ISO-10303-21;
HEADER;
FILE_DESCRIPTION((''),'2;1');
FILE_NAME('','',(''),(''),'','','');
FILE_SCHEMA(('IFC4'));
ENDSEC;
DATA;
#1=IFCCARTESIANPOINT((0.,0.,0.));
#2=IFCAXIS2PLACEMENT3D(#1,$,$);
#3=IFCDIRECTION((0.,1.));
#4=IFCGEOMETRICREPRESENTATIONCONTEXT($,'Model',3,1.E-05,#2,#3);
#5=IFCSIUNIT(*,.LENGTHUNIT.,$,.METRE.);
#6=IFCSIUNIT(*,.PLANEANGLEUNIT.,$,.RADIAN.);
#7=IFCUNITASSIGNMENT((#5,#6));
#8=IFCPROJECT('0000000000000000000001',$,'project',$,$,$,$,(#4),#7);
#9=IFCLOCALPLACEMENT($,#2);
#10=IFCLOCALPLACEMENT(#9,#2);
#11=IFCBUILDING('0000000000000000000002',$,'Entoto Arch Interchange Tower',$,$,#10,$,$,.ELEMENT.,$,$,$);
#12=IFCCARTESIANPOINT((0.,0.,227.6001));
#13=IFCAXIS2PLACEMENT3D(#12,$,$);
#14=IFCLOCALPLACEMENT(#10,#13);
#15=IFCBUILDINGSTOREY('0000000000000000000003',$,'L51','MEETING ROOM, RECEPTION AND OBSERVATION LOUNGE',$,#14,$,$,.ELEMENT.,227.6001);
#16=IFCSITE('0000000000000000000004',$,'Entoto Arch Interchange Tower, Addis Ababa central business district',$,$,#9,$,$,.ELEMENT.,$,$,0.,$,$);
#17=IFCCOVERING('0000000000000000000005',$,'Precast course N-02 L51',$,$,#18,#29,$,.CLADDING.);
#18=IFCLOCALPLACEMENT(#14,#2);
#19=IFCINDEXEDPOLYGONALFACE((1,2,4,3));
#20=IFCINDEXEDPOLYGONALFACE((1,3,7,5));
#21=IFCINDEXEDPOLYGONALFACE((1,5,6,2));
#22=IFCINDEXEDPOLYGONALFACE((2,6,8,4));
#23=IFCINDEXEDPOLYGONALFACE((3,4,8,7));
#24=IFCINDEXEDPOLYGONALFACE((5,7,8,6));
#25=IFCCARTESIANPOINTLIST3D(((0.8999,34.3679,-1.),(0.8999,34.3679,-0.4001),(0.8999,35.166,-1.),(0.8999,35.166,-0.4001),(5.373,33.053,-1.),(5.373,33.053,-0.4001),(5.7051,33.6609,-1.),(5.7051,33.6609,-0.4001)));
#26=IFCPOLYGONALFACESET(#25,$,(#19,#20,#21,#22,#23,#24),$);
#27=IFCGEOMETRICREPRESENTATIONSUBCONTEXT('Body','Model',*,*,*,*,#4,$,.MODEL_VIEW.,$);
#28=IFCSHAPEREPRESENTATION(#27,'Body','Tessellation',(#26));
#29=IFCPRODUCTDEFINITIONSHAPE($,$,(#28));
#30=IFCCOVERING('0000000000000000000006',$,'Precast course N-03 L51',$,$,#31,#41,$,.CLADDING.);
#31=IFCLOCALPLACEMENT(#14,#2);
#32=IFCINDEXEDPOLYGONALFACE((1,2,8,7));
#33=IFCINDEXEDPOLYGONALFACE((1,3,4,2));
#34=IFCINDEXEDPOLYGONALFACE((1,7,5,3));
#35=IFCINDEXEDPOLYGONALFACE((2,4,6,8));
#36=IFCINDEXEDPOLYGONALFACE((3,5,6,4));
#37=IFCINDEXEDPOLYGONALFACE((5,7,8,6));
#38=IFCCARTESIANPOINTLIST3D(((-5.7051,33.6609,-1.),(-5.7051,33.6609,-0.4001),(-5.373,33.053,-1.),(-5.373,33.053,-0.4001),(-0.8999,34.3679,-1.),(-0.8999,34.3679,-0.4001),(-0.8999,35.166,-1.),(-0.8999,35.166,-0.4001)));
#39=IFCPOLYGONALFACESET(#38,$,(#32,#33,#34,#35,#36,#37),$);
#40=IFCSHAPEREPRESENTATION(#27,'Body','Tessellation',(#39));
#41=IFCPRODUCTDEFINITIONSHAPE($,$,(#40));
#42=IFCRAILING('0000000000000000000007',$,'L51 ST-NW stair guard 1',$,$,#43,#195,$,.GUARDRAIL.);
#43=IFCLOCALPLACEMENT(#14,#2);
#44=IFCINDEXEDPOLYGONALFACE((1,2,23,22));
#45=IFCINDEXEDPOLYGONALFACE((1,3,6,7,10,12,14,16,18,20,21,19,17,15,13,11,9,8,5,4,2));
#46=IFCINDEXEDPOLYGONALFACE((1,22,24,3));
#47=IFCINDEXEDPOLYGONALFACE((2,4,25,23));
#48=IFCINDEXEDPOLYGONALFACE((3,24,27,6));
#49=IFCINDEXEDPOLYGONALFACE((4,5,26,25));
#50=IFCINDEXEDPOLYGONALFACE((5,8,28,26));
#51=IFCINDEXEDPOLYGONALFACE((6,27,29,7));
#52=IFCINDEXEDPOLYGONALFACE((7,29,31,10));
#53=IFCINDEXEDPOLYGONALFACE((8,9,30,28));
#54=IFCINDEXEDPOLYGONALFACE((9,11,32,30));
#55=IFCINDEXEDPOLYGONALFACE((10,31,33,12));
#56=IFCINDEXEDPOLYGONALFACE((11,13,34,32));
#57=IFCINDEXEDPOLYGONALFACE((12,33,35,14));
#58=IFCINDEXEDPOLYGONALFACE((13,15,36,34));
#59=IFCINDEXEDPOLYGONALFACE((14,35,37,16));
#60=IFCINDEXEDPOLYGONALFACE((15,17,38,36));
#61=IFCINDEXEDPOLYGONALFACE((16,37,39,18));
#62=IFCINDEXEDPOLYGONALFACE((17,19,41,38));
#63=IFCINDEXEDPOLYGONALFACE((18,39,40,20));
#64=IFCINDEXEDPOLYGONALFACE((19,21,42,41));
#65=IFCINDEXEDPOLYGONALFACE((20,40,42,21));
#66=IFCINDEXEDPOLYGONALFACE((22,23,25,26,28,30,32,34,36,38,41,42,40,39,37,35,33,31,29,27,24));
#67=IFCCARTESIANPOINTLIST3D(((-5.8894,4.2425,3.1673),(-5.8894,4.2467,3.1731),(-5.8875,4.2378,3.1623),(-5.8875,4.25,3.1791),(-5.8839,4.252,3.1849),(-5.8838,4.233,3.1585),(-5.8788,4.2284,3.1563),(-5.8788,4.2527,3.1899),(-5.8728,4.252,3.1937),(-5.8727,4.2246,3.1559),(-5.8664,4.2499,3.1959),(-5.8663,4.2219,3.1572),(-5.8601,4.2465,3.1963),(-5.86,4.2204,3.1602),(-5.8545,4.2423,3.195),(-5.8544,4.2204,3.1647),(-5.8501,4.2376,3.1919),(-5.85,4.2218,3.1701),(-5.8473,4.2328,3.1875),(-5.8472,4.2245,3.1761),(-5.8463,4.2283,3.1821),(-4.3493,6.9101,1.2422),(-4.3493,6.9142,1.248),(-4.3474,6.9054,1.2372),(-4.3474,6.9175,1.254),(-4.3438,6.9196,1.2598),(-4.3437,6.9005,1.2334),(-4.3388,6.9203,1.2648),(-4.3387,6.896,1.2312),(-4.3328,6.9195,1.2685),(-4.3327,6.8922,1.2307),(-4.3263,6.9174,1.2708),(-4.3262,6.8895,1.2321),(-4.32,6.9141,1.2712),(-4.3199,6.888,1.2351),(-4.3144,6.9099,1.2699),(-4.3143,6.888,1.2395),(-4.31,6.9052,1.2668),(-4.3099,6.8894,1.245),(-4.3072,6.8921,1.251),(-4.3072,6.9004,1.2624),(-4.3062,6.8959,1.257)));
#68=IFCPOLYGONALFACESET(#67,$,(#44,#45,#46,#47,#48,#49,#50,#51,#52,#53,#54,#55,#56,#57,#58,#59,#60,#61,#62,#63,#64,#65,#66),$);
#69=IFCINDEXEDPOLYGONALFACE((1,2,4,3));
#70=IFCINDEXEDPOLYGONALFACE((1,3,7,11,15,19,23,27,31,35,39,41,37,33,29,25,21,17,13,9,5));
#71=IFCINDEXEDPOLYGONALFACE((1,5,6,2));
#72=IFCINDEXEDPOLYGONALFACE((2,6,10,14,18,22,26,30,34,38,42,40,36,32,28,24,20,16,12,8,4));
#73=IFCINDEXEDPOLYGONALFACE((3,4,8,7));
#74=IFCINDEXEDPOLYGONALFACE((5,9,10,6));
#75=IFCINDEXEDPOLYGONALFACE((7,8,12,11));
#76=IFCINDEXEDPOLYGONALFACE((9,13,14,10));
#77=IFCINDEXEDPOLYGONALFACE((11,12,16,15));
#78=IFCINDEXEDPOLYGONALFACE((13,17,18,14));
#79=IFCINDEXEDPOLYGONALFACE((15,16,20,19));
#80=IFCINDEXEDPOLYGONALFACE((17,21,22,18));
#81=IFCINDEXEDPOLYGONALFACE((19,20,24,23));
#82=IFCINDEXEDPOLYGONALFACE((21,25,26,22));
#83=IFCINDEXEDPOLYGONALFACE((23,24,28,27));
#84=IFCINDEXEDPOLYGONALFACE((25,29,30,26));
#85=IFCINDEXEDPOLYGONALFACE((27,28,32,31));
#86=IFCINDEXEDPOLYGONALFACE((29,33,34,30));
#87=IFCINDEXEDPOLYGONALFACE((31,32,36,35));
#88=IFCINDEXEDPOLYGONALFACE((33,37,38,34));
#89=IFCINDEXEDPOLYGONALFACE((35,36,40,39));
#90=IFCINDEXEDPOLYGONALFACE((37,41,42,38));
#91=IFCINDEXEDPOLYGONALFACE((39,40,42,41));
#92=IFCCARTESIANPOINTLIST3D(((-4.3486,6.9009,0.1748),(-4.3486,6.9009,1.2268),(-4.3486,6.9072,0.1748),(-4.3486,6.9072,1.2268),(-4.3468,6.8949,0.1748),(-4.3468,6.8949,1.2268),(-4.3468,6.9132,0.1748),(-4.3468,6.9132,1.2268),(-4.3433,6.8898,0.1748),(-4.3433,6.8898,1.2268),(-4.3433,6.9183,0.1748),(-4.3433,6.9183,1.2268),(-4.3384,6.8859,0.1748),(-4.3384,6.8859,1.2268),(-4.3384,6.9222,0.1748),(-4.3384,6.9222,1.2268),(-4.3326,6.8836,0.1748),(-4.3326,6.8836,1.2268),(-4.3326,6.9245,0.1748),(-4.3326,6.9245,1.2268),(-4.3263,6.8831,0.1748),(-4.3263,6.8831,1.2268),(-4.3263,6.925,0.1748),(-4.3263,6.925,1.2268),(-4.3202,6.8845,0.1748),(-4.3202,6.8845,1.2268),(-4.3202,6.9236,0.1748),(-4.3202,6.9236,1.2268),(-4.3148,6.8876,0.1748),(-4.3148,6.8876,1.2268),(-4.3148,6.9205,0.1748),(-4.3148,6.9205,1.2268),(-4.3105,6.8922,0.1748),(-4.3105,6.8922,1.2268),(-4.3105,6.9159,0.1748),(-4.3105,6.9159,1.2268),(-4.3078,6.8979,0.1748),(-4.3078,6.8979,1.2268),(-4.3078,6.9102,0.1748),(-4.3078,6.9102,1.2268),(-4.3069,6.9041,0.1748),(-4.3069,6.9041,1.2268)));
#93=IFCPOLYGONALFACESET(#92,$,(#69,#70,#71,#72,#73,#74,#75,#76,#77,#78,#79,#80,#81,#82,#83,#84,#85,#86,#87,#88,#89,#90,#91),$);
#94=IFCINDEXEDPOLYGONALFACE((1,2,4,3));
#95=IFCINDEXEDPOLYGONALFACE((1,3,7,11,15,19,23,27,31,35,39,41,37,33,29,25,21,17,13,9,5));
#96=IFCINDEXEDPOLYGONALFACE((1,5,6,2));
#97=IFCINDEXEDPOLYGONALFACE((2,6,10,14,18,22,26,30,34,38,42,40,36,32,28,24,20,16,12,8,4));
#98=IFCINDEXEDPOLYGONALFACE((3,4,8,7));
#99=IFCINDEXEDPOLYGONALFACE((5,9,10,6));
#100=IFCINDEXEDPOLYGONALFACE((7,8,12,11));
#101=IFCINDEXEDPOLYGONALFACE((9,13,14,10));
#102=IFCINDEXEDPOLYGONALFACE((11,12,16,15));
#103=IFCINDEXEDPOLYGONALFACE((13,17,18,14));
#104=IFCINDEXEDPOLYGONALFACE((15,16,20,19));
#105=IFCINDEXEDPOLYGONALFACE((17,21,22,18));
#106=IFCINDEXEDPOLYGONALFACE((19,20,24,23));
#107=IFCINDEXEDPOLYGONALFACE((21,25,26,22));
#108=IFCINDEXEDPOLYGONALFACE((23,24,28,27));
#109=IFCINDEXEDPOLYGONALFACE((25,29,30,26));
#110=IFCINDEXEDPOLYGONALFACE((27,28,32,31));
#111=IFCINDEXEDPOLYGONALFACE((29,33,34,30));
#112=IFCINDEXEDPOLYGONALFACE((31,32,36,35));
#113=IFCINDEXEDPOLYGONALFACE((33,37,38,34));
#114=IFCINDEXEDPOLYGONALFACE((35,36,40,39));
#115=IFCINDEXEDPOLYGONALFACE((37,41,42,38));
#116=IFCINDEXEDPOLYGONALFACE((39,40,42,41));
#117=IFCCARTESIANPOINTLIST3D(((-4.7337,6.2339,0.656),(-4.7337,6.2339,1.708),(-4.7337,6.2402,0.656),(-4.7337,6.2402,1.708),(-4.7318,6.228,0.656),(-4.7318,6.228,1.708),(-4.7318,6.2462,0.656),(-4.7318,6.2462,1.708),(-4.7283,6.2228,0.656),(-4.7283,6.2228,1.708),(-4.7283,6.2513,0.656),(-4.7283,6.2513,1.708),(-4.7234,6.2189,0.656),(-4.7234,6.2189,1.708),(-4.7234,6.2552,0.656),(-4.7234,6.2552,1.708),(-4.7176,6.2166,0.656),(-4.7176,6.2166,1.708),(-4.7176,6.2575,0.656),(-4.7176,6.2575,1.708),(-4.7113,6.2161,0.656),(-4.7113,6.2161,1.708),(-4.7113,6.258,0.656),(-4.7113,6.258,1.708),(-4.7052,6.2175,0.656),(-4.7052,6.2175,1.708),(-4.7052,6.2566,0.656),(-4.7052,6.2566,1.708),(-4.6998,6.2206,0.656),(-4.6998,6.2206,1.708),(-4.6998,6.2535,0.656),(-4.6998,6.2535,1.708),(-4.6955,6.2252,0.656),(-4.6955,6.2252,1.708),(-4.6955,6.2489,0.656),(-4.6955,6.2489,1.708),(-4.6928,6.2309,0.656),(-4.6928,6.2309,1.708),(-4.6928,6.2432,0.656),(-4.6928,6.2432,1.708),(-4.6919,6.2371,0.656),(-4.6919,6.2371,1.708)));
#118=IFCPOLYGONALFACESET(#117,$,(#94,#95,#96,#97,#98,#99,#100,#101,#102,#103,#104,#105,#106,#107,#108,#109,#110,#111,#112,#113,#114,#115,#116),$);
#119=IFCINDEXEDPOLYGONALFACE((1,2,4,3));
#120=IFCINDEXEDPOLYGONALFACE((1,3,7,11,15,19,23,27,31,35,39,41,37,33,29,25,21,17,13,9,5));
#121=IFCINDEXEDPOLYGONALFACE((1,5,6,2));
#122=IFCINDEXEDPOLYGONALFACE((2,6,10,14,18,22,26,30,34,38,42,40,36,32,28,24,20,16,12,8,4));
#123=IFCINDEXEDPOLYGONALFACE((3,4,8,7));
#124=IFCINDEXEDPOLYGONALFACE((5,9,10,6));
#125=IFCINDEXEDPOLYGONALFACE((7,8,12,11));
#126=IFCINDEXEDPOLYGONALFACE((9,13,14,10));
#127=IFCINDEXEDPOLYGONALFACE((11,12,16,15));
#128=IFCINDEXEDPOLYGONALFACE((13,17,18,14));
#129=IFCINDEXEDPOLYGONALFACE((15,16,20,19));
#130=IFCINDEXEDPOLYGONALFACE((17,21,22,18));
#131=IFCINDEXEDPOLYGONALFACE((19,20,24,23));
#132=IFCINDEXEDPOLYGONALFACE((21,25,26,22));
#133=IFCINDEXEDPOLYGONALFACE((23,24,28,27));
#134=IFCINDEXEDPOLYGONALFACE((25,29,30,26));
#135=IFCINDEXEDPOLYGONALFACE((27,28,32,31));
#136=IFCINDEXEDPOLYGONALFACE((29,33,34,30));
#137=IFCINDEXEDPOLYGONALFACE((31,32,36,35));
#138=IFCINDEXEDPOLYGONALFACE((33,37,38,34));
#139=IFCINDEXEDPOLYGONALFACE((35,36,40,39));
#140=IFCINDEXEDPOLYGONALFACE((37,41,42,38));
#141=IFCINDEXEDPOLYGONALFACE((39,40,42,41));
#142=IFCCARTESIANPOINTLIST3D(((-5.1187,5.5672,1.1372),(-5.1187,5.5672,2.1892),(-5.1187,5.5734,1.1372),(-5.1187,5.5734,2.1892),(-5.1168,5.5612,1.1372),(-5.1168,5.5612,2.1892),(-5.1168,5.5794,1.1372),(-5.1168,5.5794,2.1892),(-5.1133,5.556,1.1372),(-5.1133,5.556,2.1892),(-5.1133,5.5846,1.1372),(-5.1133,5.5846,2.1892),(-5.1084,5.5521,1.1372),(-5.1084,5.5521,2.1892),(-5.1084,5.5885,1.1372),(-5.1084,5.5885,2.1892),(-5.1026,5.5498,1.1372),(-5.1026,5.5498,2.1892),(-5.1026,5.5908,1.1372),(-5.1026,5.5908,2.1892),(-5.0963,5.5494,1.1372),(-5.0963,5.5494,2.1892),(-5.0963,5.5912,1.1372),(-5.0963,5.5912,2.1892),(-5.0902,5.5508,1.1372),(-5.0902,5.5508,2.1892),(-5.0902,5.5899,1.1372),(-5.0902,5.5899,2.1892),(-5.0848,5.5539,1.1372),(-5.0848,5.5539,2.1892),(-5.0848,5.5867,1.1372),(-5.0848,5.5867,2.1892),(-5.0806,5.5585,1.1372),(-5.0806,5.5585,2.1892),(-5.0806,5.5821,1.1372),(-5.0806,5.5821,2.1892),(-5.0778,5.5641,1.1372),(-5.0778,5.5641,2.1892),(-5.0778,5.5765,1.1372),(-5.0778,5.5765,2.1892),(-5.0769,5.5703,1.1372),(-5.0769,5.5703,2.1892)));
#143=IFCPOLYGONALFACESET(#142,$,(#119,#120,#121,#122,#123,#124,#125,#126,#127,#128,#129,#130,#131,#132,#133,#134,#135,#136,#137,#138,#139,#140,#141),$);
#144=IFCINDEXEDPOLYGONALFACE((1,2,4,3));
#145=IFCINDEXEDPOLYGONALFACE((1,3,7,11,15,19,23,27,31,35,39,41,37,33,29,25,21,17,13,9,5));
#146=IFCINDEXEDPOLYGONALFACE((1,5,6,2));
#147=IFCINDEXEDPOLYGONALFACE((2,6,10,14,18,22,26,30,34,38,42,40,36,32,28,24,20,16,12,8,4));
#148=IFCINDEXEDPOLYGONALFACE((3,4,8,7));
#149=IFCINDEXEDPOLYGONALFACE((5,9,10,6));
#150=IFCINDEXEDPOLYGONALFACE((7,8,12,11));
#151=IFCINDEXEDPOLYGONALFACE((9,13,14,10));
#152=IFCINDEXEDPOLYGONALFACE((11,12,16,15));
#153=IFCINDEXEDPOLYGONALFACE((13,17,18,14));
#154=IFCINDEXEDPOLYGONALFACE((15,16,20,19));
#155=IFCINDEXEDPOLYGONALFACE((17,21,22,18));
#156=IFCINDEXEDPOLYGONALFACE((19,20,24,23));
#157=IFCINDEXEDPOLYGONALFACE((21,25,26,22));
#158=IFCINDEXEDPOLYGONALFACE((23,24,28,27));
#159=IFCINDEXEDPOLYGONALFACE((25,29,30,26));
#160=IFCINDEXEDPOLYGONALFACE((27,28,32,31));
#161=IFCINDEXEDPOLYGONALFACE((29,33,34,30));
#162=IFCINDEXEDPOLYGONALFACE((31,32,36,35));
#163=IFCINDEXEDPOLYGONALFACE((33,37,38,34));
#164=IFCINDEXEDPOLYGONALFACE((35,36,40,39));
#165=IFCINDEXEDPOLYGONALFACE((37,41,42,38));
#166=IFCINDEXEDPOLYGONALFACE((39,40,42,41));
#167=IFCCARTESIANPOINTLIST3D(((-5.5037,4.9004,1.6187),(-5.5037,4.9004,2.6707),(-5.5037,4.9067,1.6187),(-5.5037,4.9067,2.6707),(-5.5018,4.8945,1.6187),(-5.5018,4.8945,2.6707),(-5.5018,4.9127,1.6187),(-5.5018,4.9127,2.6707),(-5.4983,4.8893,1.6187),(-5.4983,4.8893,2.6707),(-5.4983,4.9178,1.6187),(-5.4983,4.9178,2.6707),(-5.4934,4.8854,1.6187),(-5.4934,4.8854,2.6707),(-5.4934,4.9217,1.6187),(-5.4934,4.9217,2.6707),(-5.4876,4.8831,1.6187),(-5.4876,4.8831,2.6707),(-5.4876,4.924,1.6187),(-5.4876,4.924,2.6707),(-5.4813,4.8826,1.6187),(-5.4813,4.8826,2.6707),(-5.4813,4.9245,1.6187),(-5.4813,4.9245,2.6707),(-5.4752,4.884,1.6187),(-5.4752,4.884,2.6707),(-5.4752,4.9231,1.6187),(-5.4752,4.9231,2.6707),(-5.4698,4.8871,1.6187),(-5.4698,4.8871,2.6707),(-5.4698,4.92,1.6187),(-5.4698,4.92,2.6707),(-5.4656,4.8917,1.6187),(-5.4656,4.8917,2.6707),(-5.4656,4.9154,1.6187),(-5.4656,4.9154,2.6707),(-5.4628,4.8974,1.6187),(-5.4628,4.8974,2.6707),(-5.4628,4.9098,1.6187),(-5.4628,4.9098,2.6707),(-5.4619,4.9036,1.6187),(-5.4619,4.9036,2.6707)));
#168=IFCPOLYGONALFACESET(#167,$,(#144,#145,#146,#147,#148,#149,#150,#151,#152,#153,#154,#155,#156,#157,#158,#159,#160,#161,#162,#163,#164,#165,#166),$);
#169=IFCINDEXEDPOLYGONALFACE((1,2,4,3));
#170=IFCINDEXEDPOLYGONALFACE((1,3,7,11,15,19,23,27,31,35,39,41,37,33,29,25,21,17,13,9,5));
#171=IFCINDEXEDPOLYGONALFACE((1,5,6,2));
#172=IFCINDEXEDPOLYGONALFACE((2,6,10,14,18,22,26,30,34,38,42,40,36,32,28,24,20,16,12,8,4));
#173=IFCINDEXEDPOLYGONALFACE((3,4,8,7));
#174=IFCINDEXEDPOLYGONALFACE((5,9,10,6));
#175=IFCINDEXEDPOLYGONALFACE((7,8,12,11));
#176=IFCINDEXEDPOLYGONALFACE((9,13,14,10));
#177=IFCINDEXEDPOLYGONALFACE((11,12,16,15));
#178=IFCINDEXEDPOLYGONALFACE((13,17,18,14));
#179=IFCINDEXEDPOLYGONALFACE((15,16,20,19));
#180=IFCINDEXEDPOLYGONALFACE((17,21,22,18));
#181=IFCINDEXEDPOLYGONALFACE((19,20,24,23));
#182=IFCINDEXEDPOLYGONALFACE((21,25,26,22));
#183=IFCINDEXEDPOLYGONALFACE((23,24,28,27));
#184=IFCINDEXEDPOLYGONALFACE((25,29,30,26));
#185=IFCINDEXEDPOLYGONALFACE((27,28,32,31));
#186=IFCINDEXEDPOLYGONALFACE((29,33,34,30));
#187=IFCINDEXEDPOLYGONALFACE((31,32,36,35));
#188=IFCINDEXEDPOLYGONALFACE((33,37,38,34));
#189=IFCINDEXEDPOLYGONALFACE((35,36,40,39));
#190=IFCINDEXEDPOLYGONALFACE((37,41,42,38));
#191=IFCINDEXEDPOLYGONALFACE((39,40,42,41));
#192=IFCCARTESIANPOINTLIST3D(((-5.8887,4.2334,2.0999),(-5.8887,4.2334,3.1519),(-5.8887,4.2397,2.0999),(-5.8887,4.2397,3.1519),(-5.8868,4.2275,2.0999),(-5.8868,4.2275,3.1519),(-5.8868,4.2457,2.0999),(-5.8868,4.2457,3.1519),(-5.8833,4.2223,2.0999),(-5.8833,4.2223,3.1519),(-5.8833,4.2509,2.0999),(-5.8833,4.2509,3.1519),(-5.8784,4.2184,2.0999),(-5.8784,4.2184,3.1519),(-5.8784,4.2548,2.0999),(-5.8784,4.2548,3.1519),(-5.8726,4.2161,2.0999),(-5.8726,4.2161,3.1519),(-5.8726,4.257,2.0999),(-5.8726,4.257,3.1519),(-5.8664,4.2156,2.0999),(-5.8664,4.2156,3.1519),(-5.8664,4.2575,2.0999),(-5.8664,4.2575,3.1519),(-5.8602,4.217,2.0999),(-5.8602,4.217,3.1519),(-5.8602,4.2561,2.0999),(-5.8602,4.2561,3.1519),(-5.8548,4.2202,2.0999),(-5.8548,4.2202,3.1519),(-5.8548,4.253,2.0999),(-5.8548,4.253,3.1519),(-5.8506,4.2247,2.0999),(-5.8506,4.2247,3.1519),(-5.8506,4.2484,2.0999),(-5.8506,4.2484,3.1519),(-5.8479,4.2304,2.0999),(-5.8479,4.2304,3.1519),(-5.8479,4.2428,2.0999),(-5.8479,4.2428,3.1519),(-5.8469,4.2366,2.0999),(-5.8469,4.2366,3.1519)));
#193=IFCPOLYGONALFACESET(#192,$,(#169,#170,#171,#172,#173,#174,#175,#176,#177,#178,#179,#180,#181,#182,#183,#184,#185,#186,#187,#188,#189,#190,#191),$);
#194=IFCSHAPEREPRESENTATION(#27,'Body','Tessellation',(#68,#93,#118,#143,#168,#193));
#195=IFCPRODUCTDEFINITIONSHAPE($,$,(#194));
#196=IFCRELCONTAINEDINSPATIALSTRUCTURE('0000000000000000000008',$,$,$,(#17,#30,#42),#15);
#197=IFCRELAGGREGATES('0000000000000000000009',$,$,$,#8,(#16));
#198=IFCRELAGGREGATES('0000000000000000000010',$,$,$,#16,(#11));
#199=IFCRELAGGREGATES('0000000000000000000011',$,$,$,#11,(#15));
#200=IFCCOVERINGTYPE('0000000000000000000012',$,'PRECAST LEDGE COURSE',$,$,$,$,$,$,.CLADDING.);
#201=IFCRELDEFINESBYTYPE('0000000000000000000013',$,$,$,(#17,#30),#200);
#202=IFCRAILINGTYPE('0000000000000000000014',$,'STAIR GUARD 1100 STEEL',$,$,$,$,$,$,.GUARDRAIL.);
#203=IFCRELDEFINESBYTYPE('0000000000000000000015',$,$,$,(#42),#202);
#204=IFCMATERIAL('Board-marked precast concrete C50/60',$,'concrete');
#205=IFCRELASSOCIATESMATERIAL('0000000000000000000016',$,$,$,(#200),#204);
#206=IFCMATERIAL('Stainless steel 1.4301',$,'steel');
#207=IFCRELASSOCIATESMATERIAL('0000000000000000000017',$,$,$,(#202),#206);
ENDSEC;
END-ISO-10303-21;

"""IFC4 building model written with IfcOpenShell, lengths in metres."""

from ifc_helpers import new_model, si_unit, direction, frame, origin, origin_2d, place, context, subcontext, project, spatial, polyline, circle, outline, extrude, material, type_object, element, save


model = new_model("IFC4")

# Units and contexts
model_context = context("Model", 3, precision=1e-05, world=origin(), true_north=direction((0.0, 1.0)))
body_context = subcontext(model_context, "Body", "Model", "MODEL_VIEW")
ifc_project = project(units=[si_unit("LENGTHUNIT", "METRE"), si_unit("PLANEANGLEUNIT", "RADIAN")], contexts=[model_context])

# Site, building, storey
site_placement = place(None, origin())
site = spatial("IfcSite", under=ifc_project, at=site_placement, Name="Entoto Arch Interchange Tower, Addis Ababa central business district", CompositionType="ELEMENT", RefElevation=0.0)
building_placement = place(site_placement, origin())
building = spatial("IfcBuilding", under=site, at=building_placement, Name="Entoto Arch Interchange Tower", CompositionType="ELEMENT")
storey_placement = place(building_placement, frame((0.0, 0.0, 227.6001)))
storey = spatial("IfcBuildingStorey", under=building, at=storey_placement, Name="L51", Description="MEETING ROOM, RECEPTION AND OBSERVATION LOUNGE", CompositionType="ELEMENT", Elevation=227.6001)

# Coverings
ifc_material_1 = material(Name="Board-marked precast concrete C50/60", Category="concrete")
covering_type = type_object("IfcCoveringType", Name="PRECAST LEDGE COURSE", PredefinedType="CLADDING", material=ifc_material_1)
covering_1_placement = place(storey_placement, frame((0.0, 0.0, -1.0)))
element("IfcCovering", 1, at=covering_1_placement, inside=storey, type_object=covering_type, Name="Precast course N-02 L51", PredefinedType="CLADDING", context=body_context, shape_type="SweptSolid", body=[
    extrude(outline(polyline([(0.8999, 34.3679), (0.8999, 35.166), (5.7051, 33.6609), (5.373, 33.053), (0.8999, 34.3679)])), origin(), (0.0, 0.0, 1.0), 0.5999),
])
covering_2_placement = place(storey_placement, frame((0.0, 0.0, -1.0)))
element("IfcCovering", 2, at=covering_2_placement, inside=storey, type_object=covering_type, Name="Precast course N-03 L51", PredefinedType="CLADDING", context=body_context, shape_type="SweptSolid", body=[
    extrude(outline(polyline([(-5.373, 33.053), (-5.7051, 33.6609), (-0.8999, 35.166), (-0.8999, 34.3679), (-5.373, 33.053)])), origin(), (0.0, 0.0, 1.0), 0.5999),
])

# Railing
ifc_material_2 = material(Name="Stainless steel 1.4301", Category="steel")
railing_type_1 = type_object("IfcRailingType", Name="STAIR GUARD 1100 STEEL", PredefinedType="GUARDRAIL", material=ifc_material_2)
railing_1_placement = place(storey_placement, frame((-4.3279, 6.9041, 0.1748)))
element("IfcRailing", 3, at=railing_1_placement, inside=storey, type_object=railing_type_1, Name="L51 ST-NW stair guard 1", PredefinedType="GUARDRAIL", context=body_context, shape_type="SweptSolid", body=[
    extrude(circle(Radius=0.0239, at=origin_2d()), frame((0.0, 0.0, 1.0762), z_axis=(-0.423994, -0.734395, 0.529993), x_axis=(0.86603, -0.499992, 0.0)), (0.0, 0.0, 1.0), 3.6323),
    extrude(circle(Radius=0.021, at=origin_2d()), origin(), (0.0, 0.0, 1.0), 1.052),
    extrude(circle(Radius=0.021, at=origin_2d()), frame((-0.385, -0.667, 0.4812)), (0.0, 0.0, 1.0), 1.052),
    extrude(circle(Radius=0.021, at=origin_2d()), frame((-0.77, -1.3337, 0.9624)), (0.0, 0.0, 1.0), 1.052),
    extrude(circle(Radius=0.021, at=origin_2d()), frame((-1.155, -2.0005, 1.4438)), (0.0, 0.0, 1.0), 1.052),
    extrude(circle(Radius=0.021, at=origin_2d()), frame((-1.54, -2.6675, 1.925)), (0.0, 0.0, 1.0), 1.052),
])

save(model, "model.ifc")
